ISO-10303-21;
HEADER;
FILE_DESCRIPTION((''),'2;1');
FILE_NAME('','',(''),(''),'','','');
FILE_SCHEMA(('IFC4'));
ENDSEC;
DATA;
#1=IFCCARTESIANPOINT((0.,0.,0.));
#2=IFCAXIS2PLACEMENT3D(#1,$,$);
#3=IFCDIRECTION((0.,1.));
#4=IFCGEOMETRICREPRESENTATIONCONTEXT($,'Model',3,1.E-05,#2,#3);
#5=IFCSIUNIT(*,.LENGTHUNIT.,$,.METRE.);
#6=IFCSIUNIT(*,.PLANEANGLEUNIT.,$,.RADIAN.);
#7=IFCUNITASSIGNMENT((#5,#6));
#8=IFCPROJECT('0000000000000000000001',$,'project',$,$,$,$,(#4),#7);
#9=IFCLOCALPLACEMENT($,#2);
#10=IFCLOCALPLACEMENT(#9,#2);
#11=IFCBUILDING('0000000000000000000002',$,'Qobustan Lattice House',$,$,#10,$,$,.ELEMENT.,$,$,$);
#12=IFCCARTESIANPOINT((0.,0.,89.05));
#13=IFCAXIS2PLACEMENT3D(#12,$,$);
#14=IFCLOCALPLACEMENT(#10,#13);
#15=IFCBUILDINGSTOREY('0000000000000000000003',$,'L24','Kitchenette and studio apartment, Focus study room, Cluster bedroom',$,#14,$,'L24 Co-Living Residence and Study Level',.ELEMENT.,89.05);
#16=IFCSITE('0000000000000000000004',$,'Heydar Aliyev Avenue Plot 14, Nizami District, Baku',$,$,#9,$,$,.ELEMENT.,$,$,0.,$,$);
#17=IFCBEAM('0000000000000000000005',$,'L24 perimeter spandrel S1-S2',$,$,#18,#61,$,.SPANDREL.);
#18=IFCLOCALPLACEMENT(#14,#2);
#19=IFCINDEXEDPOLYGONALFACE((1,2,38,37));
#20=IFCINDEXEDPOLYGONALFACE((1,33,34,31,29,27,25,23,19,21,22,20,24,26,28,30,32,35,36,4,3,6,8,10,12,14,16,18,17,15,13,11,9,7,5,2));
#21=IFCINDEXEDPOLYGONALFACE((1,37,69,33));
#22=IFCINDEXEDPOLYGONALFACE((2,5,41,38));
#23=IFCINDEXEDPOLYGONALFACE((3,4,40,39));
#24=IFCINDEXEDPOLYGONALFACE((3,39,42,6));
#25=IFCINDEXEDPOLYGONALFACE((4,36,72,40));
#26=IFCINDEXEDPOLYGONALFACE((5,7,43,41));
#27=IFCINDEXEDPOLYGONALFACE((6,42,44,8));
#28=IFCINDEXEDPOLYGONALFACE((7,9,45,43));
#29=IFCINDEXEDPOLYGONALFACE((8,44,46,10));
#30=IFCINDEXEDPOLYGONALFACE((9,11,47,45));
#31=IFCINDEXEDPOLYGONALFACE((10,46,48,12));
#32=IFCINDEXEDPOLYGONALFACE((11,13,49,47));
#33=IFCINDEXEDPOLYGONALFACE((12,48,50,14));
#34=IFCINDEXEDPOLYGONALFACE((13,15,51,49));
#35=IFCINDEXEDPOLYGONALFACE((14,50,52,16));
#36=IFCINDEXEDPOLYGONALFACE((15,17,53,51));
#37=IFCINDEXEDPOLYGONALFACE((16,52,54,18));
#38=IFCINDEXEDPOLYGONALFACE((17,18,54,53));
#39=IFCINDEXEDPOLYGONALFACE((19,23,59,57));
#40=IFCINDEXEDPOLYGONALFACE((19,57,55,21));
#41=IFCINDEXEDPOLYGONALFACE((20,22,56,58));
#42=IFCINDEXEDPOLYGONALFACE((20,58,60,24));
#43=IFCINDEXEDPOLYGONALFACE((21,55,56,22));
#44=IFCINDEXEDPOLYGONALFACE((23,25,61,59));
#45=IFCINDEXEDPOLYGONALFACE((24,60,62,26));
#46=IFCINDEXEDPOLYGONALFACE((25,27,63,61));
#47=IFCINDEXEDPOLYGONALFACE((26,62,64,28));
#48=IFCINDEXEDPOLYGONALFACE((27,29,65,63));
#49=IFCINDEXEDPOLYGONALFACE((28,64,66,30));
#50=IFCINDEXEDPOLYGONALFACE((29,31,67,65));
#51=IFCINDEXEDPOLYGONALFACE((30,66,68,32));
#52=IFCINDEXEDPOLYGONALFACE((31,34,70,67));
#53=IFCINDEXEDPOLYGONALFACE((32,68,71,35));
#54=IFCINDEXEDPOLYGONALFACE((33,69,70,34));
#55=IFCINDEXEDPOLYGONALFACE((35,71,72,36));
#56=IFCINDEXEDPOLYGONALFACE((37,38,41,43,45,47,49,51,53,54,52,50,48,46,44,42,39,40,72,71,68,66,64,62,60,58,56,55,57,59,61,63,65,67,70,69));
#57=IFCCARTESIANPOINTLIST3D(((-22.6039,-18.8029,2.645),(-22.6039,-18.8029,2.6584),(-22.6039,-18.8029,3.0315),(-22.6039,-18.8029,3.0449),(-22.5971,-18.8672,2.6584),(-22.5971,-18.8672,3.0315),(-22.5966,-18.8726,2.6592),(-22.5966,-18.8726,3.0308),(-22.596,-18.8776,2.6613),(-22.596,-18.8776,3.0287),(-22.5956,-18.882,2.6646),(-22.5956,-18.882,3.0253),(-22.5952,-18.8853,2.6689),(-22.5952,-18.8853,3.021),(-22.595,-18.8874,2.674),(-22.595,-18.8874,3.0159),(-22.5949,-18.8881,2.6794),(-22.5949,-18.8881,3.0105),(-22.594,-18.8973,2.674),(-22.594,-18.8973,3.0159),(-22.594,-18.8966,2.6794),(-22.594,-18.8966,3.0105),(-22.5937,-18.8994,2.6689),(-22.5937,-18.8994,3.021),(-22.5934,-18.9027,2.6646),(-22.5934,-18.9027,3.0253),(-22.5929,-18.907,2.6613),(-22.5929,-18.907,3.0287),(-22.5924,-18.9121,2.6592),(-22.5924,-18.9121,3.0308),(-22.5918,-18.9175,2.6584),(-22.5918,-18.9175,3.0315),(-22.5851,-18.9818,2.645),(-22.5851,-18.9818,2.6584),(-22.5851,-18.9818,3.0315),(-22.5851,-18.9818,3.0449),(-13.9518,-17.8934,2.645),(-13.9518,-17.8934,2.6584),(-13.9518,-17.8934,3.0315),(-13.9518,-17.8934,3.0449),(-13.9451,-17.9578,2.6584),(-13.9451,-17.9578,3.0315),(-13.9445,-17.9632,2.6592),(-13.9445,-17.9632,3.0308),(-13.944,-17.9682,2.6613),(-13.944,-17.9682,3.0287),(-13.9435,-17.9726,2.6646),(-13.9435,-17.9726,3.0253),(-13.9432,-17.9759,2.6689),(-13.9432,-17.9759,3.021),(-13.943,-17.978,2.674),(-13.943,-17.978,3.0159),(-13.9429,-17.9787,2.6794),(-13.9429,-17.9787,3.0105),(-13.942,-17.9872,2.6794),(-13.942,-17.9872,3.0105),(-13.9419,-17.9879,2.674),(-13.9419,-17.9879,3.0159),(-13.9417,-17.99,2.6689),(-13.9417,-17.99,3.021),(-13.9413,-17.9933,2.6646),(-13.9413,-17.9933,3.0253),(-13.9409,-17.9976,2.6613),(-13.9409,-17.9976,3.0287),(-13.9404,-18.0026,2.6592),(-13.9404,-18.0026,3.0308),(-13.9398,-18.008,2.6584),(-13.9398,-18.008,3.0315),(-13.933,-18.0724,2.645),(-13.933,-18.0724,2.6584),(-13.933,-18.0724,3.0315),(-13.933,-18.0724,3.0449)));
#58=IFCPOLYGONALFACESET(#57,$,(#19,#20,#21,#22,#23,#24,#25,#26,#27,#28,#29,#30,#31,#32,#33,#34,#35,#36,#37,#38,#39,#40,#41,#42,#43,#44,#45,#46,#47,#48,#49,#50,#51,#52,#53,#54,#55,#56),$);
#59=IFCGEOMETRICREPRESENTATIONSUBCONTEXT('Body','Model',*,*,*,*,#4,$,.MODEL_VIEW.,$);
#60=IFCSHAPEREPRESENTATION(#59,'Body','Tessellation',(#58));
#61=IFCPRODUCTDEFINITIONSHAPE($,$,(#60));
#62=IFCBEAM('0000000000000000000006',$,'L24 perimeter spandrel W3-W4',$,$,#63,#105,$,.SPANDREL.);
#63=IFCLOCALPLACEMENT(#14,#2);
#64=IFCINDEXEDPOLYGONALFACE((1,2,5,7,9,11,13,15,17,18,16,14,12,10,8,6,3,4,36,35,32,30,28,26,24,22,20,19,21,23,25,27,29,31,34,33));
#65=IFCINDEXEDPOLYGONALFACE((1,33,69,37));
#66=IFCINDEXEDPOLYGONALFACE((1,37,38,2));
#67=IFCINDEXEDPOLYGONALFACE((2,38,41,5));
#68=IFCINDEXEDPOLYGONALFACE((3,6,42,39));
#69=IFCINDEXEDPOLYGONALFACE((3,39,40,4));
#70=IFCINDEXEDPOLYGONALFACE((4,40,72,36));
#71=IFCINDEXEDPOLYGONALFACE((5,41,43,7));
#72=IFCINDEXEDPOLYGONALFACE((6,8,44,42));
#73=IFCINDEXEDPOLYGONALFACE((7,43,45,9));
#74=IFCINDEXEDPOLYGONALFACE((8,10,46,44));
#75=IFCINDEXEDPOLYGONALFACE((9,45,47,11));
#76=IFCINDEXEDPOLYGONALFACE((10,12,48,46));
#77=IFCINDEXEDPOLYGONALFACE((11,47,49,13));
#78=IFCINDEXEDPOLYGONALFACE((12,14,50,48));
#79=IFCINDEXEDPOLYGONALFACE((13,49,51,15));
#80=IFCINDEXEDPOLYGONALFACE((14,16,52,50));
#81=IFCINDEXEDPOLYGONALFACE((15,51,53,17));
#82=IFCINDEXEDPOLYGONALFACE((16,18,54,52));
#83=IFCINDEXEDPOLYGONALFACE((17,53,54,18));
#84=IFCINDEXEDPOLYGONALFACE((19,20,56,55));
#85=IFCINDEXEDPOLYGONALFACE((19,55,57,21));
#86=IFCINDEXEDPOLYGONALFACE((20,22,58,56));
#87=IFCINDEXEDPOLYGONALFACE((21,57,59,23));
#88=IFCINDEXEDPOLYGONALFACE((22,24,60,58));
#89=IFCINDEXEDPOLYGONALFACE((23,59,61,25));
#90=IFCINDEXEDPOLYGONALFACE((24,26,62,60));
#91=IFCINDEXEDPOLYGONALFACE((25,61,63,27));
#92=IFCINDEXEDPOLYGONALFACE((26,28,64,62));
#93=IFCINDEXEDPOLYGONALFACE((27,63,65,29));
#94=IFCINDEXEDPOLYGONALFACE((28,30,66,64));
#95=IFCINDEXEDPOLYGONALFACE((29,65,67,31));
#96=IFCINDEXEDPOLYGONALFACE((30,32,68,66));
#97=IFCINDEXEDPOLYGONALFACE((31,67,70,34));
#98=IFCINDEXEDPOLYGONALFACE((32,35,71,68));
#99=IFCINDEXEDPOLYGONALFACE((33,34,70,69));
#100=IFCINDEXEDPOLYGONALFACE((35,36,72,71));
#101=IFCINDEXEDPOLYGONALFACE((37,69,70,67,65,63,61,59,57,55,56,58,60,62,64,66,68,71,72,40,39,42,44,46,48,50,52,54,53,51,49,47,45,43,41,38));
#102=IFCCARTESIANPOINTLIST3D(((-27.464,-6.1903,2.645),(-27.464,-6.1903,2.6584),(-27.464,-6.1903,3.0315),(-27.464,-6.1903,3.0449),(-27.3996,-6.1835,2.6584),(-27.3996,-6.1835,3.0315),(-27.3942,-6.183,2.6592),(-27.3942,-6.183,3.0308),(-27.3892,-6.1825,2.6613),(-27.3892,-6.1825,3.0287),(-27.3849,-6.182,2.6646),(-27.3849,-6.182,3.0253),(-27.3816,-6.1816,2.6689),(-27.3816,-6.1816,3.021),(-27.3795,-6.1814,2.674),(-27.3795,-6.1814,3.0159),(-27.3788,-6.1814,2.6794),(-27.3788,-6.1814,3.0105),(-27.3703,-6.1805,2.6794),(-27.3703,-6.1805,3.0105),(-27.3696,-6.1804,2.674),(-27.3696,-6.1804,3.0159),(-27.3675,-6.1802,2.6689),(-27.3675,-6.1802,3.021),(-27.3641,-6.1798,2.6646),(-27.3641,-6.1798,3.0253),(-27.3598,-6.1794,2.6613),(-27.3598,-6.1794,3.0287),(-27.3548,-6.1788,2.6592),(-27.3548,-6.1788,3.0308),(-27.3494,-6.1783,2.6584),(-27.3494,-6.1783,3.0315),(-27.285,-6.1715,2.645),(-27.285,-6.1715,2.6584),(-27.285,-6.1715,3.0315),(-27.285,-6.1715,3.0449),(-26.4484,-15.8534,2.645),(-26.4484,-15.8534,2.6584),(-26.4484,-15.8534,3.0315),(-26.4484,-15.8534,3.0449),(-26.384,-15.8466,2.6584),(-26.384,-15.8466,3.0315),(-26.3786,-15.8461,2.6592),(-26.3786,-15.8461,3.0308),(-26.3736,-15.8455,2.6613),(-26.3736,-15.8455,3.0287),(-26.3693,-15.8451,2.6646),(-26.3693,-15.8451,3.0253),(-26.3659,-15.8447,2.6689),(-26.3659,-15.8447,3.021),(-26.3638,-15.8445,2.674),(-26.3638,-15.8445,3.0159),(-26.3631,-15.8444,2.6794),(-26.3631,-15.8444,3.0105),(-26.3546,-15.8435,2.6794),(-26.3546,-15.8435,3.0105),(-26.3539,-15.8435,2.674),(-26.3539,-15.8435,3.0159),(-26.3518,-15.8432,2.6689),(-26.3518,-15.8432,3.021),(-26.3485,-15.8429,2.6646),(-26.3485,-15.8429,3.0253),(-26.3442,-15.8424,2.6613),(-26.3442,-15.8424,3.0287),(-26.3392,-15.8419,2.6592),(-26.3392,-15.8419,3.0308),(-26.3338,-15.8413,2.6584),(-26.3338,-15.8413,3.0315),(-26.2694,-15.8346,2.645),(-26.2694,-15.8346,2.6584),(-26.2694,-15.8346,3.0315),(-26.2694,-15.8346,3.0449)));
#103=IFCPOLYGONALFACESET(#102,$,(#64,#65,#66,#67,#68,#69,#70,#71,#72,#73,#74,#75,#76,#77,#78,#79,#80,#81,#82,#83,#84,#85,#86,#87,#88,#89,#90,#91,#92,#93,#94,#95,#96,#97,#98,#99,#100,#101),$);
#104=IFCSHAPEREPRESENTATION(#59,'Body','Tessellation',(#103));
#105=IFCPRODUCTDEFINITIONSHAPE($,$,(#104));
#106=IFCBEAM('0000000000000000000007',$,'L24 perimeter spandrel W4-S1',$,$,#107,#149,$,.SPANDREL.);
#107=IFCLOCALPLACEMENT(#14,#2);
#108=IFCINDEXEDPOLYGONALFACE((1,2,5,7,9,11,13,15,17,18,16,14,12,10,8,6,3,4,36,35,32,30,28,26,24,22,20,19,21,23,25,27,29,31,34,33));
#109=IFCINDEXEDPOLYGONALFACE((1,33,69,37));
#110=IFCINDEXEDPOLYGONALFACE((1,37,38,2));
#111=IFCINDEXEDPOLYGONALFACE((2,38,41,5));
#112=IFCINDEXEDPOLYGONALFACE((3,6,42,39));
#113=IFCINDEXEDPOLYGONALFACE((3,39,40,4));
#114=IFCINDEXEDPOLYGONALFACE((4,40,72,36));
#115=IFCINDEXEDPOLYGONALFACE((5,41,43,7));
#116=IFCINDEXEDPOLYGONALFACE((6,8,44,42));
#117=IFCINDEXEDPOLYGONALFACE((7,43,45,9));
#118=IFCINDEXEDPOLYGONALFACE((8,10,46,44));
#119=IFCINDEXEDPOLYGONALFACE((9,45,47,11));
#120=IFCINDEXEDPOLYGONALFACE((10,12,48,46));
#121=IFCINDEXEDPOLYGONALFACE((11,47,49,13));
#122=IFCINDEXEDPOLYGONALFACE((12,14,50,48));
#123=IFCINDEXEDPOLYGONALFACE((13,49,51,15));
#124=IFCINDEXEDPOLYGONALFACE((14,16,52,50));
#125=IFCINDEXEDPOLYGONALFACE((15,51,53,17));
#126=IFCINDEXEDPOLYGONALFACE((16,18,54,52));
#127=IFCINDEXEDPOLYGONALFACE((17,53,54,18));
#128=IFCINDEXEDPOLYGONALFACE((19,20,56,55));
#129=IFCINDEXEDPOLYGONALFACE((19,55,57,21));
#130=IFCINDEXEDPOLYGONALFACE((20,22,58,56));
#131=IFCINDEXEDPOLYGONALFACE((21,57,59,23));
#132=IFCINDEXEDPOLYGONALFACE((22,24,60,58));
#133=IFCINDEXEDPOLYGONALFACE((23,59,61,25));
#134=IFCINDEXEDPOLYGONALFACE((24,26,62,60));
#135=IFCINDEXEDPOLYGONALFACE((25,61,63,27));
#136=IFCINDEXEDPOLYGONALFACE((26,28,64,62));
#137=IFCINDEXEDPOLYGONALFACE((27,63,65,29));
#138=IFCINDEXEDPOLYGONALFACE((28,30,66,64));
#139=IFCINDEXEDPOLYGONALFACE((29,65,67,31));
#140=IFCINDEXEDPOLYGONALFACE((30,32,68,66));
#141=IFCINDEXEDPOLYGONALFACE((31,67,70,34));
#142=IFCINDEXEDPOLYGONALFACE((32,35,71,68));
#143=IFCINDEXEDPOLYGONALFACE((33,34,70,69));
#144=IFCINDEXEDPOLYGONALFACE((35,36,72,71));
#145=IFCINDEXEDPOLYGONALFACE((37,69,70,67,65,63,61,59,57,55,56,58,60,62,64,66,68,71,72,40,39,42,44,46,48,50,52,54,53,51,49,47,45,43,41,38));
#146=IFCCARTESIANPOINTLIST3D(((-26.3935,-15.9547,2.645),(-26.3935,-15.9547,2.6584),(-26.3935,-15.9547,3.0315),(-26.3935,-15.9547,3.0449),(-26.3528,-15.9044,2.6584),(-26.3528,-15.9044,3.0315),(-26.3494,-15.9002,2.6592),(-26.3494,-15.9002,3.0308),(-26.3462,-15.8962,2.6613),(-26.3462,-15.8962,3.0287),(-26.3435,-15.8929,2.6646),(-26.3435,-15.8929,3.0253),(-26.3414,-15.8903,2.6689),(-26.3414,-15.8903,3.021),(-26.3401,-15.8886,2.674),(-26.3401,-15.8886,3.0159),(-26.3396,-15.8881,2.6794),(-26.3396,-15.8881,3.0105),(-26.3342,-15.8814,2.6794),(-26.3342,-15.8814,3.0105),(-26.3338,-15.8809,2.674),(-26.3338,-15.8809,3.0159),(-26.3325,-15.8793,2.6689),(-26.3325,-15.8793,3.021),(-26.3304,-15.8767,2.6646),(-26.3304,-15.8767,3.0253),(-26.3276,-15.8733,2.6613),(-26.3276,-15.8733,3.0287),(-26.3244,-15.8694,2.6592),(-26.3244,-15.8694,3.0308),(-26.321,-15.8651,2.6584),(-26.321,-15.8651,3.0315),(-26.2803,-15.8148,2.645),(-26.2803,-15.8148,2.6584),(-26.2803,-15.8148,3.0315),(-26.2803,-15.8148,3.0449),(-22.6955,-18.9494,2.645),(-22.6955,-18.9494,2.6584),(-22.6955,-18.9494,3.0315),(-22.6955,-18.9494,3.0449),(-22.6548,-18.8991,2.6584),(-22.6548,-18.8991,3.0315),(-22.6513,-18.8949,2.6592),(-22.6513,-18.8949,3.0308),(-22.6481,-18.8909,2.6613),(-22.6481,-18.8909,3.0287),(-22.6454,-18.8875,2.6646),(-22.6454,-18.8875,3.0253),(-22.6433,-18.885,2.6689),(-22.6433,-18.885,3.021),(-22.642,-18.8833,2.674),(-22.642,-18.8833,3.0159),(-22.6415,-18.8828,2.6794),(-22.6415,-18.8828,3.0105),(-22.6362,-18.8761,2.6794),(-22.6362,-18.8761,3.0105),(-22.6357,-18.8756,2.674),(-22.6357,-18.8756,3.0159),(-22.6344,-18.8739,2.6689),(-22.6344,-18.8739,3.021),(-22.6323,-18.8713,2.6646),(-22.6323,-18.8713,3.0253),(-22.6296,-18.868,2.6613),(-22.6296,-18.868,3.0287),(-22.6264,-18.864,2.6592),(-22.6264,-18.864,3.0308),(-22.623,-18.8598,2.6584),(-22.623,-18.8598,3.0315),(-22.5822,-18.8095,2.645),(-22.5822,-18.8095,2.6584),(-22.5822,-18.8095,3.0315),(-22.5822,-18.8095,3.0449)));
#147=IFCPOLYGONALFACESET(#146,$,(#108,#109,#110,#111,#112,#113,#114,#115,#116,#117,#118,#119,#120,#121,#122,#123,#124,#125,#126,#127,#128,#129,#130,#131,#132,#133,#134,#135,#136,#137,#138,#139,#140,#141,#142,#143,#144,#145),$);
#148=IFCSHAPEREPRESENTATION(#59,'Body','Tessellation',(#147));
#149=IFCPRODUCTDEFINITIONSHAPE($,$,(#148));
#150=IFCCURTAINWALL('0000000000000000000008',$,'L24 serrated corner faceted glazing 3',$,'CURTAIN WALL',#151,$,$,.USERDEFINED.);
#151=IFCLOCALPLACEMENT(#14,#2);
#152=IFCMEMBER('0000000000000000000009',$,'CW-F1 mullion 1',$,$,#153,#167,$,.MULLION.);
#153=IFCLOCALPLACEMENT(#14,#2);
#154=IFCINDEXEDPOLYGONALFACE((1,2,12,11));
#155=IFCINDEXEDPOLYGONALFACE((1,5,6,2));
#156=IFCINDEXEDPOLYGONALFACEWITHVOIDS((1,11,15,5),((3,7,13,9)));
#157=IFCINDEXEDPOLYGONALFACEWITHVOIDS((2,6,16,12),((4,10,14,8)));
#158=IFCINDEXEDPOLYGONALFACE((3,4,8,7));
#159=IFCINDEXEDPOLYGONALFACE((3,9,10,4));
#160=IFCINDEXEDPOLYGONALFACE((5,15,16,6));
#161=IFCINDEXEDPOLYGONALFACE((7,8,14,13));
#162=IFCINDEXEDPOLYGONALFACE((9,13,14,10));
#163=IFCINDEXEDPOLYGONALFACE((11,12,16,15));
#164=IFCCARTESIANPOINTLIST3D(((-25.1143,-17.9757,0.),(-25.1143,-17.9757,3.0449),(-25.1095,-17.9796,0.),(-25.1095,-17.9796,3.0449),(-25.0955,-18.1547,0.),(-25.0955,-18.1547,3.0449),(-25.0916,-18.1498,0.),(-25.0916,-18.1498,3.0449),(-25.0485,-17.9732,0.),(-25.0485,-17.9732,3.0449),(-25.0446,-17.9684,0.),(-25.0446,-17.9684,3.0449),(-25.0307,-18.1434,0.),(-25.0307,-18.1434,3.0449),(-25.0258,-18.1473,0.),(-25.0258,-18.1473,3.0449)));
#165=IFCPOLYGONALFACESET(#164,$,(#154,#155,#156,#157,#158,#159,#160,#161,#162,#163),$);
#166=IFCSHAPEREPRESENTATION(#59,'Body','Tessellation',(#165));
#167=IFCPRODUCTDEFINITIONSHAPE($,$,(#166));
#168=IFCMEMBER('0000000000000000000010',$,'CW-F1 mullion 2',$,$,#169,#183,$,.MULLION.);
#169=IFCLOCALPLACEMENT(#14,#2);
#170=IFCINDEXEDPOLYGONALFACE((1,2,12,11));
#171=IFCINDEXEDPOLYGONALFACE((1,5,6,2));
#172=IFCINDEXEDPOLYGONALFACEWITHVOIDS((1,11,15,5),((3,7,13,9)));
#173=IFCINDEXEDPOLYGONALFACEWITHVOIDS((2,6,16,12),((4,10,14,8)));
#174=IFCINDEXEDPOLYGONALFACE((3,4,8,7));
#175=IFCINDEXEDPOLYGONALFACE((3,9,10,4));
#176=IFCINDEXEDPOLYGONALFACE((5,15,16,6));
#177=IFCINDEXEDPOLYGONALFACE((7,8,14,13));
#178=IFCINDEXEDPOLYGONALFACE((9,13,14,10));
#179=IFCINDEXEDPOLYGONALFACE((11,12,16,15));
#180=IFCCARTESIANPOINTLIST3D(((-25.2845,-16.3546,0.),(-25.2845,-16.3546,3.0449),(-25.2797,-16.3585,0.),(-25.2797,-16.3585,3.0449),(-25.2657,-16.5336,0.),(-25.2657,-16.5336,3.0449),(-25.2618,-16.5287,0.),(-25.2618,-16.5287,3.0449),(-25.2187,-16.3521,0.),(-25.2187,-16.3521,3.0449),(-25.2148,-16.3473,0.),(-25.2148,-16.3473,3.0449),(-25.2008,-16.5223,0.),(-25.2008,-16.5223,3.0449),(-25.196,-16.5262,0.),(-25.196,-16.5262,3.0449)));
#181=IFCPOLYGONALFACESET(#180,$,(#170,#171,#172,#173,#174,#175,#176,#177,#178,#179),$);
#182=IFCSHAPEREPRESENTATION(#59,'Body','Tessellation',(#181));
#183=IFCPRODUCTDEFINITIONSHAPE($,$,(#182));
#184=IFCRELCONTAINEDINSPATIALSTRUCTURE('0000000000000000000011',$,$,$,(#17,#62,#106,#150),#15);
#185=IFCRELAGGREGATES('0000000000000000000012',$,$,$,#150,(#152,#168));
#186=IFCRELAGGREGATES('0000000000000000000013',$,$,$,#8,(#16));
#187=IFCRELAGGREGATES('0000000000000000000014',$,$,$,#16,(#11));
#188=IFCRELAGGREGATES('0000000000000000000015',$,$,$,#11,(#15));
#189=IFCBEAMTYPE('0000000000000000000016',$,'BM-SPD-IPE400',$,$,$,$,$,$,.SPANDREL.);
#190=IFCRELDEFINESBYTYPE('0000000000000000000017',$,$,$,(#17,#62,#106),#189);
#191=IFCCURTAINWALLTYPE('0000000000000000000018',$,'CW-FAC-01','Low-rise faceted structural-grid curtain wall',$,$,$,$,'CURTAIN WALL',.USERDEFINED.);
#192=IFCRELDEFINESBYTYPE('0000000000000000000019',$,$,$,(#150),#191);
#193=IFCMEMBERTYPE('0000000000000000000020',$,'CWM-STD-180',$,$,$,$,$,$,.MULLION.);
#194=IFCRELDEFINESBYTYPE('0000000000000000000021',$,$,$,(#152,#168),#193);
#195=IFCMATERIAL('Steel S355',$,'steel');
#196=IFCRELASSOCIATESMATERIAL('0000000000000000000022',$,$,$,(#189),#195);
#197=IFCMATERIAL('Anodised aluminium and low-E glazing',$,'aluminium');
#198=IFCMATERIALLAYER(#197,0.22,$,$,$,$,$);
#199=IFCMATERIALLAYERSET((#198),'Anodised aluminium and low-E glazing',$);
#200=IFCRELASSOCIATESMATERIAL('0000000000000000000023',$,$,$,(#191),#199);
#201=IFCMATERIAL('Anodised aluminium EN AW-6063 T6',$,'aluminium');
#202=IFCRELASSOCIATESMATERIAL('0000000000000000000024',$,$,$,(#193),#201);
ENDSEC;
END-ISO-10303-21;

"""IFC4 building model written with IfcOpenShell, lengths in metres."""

from ifc_helpers import new_model, si_unit, direction, frame, origin, origin_2d, place, context, subcontext, project, spatial, hollow_rectangle, i_section, extrude, material, layer, layer_set, material_profile, profile_set, type_object, element, aggregate, save


model = new_model("IFC4")

# Units and contexts
model_context = context("Model", 3, precision=1e-05, world=origin(), true_north=direction((0.0, 1.0)))
body_context = subcontext(model_context, "Body", "Model", "MODEL_VIEW")
ifc_project = project(units=[si_unit("LENGTHUNIT", "METRE"), si_unit("PLANEANGLEUNIT", "RADIAN")], contexts=[model_context])

# Site, building, storey
site_placement = place(None, origin())
site = spatial("IfcSite", under=ifc_project, at=site_placement, Name="Heydar Aliyev Avenue Plot 14, Nizami District, Baku", CompositionType="ELEMENT", RefElevation=0.0)
building_placement = place(site_placement, origin())
building = spatial("IfcBuilding", under=site, at=building_placement, Name="Qobustan Lattice House", CompositionType="ELEMENT")
storey_placement = place(building_placement, frame((0.0, 0.0, 89.05)))
storey = spatial("IfcBuildingStorey", under=building, at=storey_placement, Name="L24", Description="Kitchenette and studio apartment, Focus study room, Cluster bedroom", LongName="L24 Co-Living Residence and Study Level", CompositionType="ELEMENT", Elevation=89.05)

# Beams
ifc_material_1 = material(Name="Steel S355", Category="steel")
ifc_material_profile_1 = material_profile(ifc_material_1, i_section(OverallWidth=0.1799, OverallDepth=0.3999, WebThickness=0.0085, FlangeThickness=0.0134, FilletRadius=0.021, at=origin_2d()), Name="IPE400")
ifc_profile_set_1 = profile_set([ifc_material_profile_1], Name="Steel S355")
beam_type_1 = type_object("IfcBeamType", Name="BM-SPD-IPE400", PredefinedType="SPANDREL", material=ifc_profile_set_1)
beam_1_placement = place(storey_placement, frame((-22.5945, -18.8923, 2.845), z_axis=(0.994521, 0.104534, 0.0), x_axis=(-0.104534, 0.994521, 0.0)))
element("IfcBeam", 1, at=beam_1_placement, inside=storey, type_object=beam_type_1, Name="L24 perimeter spandrel S1-S2", PredefinedType="SPANDREL", context=body_context, shape_type="SweptSolid", body=[
    extrude(i_section(OverallWidth=0.1799, OverallDepth=0.3999, WebThickness=0.0085, FlangeThickness=0.0134, FilletRadius=0.021, at=origin_2d()), origin(), (0.0, 0.0, 1.0), 8.6997),
])
beam_2_placement = place(storey_placement, frame((-27.3745, -6.1809, 2.845), z_axis=(0.104528, -0.994522, 0.0), x_axis=(0.994522, 0.104528, 0.0)))
element("IfcBeam", 2, at=beam_2_placement, inside=storey, type_object=beam_type_1, Name="L24 perimeter spandrel W3-W4", PredefinedType="SPANDREL", context=body_context, shape_type="SweptSolid", body=[
    extrude(i_section(OverallWidth=0.1799, OverallDepth=0.3999, WebThickness=0.0085, FlangeThickness=0.0134, FilletRadius=0.021, at=origin_2d()), origin(), (0.0, 0.0, 1.0), 9.7163),
])
beam_3_placement = place(storey_placement, frame((-26.3369, -15.8848, 2.845), z_axis=(0.777141, -0.629327, 0.0), x_axis=(0.629327, 0.777141, 0.0)))
element("IfcBeam", 3, at=beam_3_placement, inside=storey, type_object=beam_type_1, Name="L24 perimeter spandrel W4-S1", PredefinedType="SPANDREL", context=body_context, shape_type="SweptSolid", body=[
    extrude(i_section(OverallWidth=0.1799, OverallDepth=0.3999, WebThickness=0.0085, FlangeThickness=0.0134, FilletRadius=0.021, at=origin_2d()), origin(), (0.0, 0.0, 1.0), 4.7585),
])

# Curtain wall, members
ifc_material_2 = material(Name="Anodised aluminium and low-E glazing", Category="aluminium")
ifc_layer_1 = layer(ifc_material_2, 0.22)
ifc_layer_set_1 = layer_set([ifc_layer_1], Name="Anodised aluminium and low-E glazing")
curtain_wall_type = type_object("IfcCurtainWallType", Name="CW-FAC-01", Description="Low-rise faceted structural-grid curtain wall", ElementType="CURTAIN WALL", PredefinedType="USERDEFINED", material=ifc_layer_set_1)
curtain_wall_placement = place(storey_placement, origin())
curtain_wall = element("IfcCurtainWall", 4, at=curtain_wall_placement, inside=storey, type_object=curtain_wall_type, Name="L24 serrated corner faceted glazing 3", ObjectType="CURTAIN WALL", PredefinedType="USERDEFINED")
ifc_material_3 = material(Name="Anodised aluminium EN AW-6063 T6", Category="aluminium")
ifc_material_profile_2 = material_profile(ifc_material_3, hollow_rectangle(XDim=0.0701, YDim=0.1799, WallThickness=0.0044, at=origin_2d()), Name="CWM-180x70")
ifc_profile_set_2 = profile_set([ifc_material_profile_2], Name="Anodised aluminium EN AW-6063 T6")
member_type_1 = type_object("IfcMemberType", Name="CWM-STD-180", PredefinedType="MULLION", material=ifc_profile_set_2)
member_1_placement = place(storey_placement, frame((-25.0701, -18.0615, 0.0), z_axis=(0.0, 0.0, 1.0), x_axis=(-0.994522, -0.104529, 0.0)))
member_1 = element("IfcMember", 5, at=member_1_placement, type_object=member_type_1, Name="CW-F1 mullion 1", PredefinedType="MULLION", context=body_context, shape_type="SweptSolid", body=[
    extrude(hollow_rectangle(XDim=0.0701, YDim=0.1799, WallThickness=0.0044, at=origin_2d()), origin(), (0.0, 0.0, 1.0), 3.0449),
])
member_2_placement = place(storey_placement, frame((-25.2402, -16.4404, 0.0), z_axis=(0.0, 0.0, 1.0), x_axis=(-0.994522, -0.104529, 0.0)))
member_2 = element("IfcMember", 6, at=member_2_placement, type_object=member_type_1, Name="CW-F1 mullion 2", PredefinedType="MULLION", context=body_context, shape_type="SweptSolid", body=[
    extrude(hollow_rectangle(XDim=0.0701, YDim=0.1799, WallThickness=0.0044, at=origin_2d()), origin(), (0.0, 0.0, 1.0), 3.0449),
])
aggregate(curtain_wall, [member_1, member_2])

save(model, "model.ifc")
